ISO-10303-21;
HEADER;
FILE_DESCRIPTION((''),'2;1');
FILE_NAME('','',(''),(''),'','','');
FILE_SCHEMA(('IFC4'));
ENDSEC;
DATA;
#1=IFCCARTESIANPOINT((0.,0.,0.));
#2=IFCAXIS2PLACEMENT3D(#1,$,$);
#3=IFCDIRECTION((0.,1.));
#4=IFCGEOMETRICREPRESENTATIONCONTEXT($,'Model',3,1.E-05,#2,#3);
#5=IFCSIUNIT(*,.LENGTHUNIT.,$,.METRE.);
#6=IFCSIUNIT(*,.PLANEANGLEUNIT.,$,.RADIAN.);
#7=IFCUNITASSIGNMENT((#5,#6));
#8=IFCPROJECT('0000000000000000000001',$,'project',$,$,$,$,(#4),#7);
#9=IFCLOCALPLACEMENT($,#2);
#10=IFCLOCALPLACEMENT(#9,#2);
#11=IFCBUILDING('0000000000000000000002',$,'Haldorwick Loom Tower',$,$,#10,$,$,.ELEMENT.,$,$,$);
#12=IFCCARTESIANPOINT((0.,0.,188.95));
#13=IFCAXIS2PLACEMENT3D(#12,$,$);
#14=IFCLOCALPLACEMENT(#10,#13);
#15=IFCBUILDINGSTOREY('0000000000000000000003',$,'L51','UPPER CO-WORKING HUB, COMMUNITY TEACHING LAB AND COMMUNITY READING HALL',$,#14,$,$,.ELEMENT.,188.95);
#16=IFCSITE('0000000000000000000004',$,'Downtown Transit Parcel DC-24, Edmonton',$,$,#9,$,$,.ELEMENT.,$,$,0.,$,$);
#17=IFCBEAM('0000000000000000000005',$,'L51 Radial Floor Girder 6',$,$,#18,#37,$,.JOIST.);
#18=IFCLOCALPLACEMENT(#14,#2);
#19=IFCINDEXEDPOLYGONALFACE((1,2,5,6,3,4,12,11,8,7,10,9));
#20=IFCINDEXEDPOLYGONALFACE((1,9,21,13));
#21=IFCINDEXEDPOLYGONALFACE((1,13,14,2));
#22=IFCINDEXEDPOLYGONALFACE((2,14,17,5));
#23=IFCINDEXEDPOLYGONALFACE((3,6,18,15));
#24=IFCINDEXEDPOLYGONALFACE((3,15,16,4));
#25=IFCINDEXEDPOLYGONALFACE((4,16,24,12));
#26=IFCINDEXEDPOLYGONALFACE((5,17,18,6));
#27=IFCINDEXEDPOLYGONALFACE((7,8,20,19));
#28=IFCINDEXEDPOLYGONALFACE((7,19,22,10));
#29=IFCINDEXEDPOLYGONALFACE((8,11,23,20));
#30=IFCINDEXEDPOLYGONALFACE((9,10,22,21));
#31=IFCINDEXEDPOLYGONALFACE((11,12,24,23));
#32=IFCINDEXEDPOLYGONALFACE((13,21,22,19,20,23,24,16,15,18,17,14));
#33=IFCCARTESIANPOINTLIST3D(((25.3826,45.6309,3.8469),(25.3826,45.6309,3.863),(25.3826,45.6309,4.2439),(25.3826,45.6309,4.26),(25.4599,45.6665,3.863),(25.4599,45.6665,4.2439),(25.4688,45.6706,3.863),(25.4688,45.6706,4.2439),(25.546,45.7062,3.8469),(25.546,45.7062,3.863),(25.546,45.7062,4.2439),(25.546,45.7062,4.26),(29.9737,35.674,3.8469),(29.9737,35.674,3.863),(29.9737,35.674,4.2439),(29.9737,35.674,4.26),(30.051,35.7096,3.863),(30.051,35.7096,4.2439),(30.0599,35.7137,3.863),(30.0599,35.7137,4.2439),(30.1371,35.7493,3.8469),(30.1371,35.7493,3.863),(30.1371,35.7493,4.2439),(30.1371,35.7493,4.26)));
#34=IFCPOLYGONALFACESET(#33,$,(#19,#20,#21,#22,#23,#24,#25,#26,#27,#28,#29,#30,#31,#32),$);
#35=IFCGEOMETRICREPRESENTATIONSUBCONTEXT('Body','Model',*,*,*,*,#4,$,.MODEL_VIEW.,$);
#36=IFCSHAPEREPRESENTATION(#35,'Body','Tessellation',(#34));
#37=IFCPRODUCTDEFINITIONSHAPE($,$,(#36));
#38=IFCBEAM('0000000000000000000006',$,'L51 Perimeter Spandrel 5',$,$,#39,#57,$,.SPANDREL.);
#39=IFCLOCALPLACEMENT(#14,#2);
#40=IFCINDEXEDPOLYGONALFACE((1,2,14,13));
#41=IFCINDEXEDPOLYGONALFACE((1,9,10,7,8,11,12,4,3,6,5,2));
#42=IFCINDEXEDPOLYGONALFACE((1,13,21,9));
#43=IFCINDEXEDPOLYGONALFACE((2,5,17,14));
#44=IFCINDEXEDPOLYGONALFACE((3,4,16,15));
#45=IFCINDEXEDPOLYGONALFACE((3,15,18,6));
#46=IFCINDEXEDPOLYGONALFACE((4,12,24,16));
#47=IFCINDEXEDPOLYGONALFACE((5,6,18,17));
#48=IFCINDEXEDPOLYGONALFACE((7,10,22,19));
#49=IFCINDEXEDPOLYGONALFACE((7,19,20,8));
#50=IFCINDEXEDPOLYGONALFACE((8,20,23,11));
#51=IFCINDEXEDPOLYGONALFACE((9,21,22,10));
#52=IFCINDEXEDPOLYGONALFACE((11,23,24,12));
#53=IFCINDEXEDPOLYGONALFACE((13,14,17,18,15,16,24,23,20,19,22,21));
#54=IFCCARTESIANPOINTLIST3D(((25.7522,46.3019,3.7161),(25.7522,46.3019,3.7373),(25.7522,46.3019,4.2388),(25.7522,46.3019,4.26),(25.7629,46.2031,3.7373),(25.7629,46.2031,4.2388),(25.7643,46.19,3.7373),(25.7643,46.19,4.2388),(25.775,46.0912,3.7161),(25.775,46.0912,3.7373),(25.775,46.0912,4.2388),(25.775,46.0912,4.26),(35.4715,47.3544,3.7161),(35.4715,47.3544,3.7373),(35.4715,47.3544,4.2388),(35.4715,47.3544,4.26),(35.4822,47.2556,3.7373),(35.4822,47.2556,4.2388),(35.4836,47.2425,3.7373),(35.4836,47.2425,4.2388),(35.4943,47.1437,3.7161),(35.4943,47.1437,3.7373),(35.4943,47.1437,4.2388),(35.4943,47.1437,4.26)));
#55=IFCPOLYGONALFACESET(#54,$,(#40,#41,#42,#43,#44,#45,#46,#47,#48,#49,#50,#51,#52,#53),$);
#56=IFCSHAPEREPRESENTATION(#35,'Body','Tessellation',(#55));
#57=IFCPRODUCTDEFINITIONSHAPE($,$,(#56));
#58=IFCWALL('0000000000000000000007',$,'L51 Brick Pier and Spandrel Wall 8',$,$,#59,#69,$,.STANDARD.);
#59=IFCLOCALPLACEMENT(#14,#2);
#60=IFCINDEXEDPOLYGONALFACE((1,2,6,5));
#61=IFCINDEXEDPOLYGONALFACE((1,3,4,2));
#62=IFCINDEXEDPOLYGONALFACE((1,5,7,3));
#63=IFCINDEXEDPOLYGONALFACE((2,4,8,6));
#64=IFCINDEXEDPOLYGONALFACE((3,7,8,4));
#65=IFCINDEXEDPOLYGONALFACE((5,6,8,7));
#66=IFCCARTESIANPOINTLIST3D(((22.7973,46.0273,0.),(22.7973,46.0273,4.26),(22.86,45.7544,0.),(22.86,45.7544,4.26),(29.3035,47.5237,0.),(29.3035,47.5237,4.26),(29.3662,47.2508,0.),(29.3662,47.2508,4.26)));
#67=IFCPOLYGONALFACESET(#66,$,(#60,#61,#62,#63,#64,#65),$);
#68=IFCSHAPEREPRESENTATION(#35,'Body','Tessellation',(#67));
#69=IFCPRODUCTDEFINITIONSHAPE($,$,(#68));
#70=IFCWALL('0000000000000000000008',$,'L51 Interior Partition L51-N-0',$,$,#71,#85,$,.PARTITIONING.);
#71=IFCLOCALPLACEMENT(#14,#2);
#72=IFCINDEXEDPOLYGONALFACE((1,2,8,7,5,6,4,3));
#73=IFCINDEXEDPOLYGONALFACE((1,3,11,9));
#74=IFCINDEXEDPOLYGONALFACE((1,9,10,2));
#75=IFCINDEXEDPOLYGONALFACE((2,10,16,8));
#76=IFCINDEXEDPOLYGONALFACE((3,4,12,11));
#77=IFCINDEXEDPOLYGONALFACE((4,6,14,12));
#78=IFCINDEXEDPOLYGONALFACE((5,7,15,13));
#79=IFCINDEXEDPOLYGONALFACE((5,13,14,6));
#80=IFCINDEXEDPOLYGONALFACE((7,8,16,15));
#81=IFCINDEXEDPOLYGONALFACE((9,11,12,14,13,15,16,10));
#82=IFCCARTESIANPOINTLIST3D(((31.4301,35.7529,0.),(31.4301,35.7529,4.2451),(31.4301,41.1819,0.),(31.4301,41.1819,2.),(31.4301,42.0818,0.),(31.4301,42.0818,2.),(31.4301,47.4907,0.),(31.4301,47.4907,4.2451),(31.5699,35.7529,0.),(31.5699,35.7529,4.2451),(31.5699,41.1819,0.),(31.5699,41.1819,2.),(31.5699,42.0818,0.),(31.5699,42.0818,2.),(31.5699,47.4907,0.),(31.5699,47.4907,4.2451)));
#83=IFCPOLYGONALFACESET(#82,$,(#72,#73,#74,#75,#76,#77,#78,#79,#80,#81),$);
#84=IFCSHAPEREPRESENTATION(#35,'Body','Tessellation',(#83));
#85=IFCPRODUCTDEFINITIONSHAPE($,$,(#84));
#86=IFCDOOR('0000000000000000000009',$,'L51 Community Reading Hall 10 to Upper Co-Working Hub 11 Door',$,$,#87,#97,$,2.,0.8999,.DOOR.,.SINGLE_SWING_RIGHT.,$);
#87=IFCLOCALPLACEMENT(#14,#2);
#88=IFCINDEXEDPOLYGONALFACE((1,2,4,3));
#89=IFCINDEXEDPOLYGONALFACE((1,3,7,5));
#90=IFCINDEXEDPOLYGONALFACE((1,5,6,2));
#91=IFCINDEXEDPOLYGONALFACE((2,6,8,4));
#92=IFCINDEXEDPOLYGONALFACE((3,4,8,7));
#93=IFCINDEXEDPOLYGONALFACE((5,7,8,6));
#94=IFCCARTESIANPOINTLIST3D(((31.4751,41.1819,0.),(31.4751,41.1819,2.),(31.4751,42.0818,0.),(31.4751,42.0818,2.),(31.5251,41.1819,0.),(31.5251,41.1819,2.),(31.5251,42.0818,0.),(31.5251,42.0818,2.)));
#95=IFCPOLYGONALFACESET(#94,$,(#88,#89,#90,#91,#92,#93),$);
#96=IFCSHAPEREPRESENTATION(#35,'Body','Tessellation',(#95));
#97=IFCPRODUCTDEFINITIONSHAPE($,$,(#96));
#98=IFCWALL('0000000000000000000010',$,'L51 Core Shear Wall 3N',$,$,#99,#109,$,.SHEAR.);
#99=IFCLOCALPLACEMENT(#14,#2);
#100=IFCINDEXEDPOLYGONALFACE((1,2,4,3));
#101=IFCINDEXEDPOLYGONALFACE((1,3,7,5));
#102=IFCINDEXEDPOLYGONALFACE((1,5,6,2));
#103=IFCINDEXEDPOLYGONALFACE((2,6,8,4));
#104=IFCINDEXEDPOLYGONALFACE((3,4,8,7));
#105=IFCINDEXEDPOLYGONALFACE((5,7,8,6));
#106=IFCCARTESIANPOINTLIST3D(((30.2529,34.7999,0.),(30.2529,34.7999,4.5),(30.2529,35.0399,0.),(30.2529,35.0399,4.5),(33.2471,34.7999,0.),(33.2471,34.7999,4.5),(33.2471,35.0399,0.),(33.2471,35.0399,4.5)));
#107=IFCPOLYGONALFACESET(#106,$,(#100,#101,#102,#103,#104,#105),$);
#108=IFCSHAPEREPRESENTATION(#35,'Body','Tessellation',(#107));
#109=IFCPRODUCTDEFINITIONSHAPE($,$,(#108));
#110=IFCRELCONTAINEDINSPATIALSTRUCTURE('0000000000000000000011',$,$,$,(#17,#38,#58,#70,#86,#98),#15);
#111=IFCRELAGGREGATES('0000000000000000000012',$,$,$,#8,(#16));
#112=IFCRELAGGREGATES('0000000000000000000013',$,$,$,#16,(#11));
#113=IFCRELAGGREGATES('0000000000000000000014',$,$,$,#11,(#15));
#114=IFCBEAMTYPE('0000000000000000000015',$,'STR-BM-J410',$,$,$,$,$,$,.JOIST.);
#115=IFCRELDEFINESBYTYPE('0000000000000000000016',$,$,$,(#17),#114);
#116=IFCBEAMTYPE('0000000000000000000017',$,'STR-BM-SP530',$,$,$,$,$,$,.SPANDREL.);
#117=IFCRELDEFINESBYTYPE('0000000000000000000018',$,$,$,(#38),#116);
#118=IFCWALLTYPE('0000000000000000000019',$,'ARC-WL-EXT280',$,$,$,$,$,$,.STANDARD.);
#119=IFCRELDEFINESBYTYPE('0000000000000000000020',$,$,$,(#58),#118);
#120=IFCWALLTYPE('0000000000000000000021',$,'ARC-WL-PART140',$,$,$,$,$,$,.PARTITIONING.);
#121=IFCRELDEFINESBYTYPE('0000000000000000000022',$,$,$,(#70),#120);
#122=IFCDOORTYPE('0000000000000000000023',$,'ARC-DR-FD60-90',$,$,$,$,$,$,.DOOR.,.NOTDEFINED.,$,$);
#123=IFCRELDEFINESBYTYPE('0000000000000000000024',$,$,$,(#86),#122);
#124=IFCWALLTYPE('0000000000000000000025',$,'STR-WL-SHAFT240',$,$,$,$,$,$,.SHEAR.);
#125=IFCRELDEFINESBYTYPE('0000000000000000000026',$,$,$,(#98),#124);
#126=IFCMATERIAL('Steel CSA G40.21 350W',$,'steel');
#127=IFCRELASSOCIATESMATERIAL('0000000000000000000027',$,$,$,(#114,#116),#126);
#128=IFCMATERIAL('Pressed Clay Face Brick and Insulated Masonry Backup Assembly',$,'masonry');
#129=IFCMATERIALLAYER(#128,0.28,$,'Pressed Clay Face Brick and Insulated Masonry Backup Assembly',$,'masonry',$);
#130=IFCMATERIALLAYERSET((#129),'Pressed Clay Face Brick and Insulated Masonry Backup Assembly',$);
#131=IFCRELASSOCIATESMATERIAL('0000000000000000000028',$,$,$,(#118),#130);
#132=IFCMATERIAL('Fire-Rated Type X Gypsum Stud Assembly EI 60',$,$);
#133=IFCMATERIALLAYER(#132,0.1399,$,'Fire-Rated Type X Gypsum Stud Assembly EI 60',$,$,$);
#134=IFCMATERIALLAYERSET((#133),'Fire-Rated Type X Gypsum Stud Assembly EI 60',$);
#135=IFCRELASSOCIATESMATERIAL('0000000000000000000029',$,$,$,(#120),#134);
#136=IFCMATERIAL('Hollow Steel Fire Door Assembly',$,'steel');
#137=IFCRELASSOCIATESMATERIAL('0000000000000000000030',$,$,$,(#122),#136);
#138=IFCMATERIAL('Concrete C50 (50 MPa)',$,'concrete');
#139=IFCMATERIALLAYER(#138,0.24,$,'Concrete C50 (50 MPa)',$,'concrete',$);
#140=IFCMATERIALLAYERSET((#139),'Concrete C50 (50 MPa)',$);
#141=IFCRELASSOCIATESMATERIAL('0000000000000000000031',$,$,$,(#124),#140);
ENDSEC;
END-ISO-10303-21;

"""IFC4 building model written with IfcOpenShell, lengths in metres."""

from ifc_helpers import new_model, si_unit, direction, frame, frame_2d, origin, origin_2d, place, context, subcontext, project, spatial, rectangle, i_section, extrude, material, layer, layer_set, material_profile, profile_set, type_object, element, fill, save


model = new_model("IFC4")

# Units and contexts
model_context = context("Model", 3, precision=1e-05, world=origin(), true_north=direction((0.0, 1.0)))
body_context = subcontext(model_context, "Body", "Model", "MODEL_VIEW")
ifc_project = project(units=[si_unit("LENGTHUNIT", "METRE"), si_unit("PLANEANGLEUNIT", "RADIAN")], contexts=[model_context])

# Site, building, storey
site_placement = place(None, origin())
site = spatial("IfcSite", under=ifc_project, at=site_placement, Name="Downtown Transit Parcel DC-24, Edmonton", CompositionType="ELEMENT", RefElevation=0.0)
building_placement = place(site_placement, origin())
building = spatial("IfcBuilding", under=site, at=building_placement, Name="Haldorwick Loom Tower", CompositionType="ELEMENT")
storey_placement = place(building_placement, frame((0.0, 0.0, 188.95)))
storey = spatial("IfcBuildingStorey", under=building, at=storey_placement, Name="L51", Description="UPPER CO-WORKING HUB, COMMUNITY TEACHING LAB AND COMMUNITY READING HALL", CompositionType="ELEMENT", Elevation=188.95)

# Shared definitions
ifc_material_1 = material(Name="Steel CSA G40.21 350W", Category="steel")

# Beams
ifc_material_2 = material(Name="Concrete C50 (50 MPa)", Category="concrete")
ifc_material_profile_1 = material_profile(ifc_material_1, i_section(OverallWidth=0.1799, OverallDepth=0.4131, WebThickness=0.0098, FlangeThickness=0.0161, at=origin_2d()), Name="W410X74", Category="steel")
ifc_profile_set_1 = profile_set([ifc_material_profile_1], Name="Steel CSA G40.21 350W")
beam_type_1 = type_object("IfcBeamType", Name="STR-BM-J410", PredefinedType="JOIST", material=ifc_profile_set_1)
beam_1_placement = place(storey_placement, frame((30.0554, 35.7117, 4.0535), z_axis=(-0.418729, 0.908111, 0.0), x_axis=(-0.908111, -0.418729, 0.0)))
element("IfcBeam", 1, at=beam_1_placement, inside=storey, type_object=beam_type_1, Name="L51 Radial Floor Girder 6", PredefinedType="JOIST", context=body_context, shape_type="SweptSolid", body=[
    extrude(i_section(OverallWidth=0.1799, OverallDepth=0.4131, WebThickness=0.0098, FlangeThickness=0.0161, at=origin_2d()), origin(), (0.0, 0.0, 1.0), 10.9644),
])
ifc_material_profile_2 = material_profile(ifc_material_1, i_section(OverallWidth=0.2119, OverallDepth=0.5439, WebThickness=0.0132, FlangeThickness=0.0212, at=origin_2d()), Name="W530X123", Category="steel")
ifc_profile_set_2 = profile_set([ifc_material_profile_2], Name="Steel CSA G40.21 350W")
beam_type_2 = type_object("IfcBeamType", Name="STR-BM-SP530", PredefinedType="SPANDREL", material=ifc_profile_set_2)
beam_2_placement = place(storey_placement, frame((35.4829, 47.249, 3.988), z_axis=(-0.994188, -0.10766, 0.0), x_axis=(0.10766, -0.994188, 0.0)))
element("IfcBeam", 2, at=beam_2_placement, inside=storey, type_object=beam_type_2, Name="L51 Perimeter Spandrel 5", PredefinedType="SPANDREL", context=body_context, shape_type="SweptSolid", body=[
    extrude(i_section(OverallWidth=0.2119, OverallDepth=0.5439, WebThickness=0.0132, FlangeThickness=0.0212, at=origin_2d()), origin(), (0.0, 0.0, 1.0), 9.7761),
])

# Wall
ifc_material_3 = material(Name="Pressed Clay Face Brick and Insulated Masonry Backup Assembly", Category="masonry")
ifc_layer_1 = layer(ifc_material_3, 0.28, Name="Pressed Clay Face Brick and Insulated Masonry Backup Assembly", Category="masonry")
ifc_layer_set_1 = layer_set([ifc_layer_1], Name="Pressed Clay Face Brick and Insulated Masonry Backup Assembly")
wall_type_1 = type_object("IfcWallType", Name="ARC-WL-EXT280", PredefinedType="STANDARD", material=ifc_layer_set_1)
wall_1_placement = place(storey_placement, frame((29.3347, 47.3872, 0.0), z_axis=(0.0, 0.0, 1.0), x_axis=(-0.974557, -0.224138, 0.0)))
element("IfcWall", 3, at=wall_1_placement, inside=storey, type_object=wall_type_1, Name="L51 Brick Pier and Spandrel Wall 8", PredefinedType="STANDARD", context=body_context, shape_type="SweptSolid", body=[
    extrude(rectangle(XDim=6.676, YDim=0.28, at=frame_2d((3.3379, 0.0))), origin(), (0.0, 0.0, 1.0), 4.26),
])

# Wall, opening, door
ifc_material_4 = material(Name="Fire-Rated Type X Gypsum Stud Assembly EI 60")
ifc_layer_2 = layer(ifc_material_4, 0.1399, Name="Fire-Rated Type X Gypsum Stud Assembly EI 60")
ifc_layer_set_2 = layer_set([ifc_layer_2], Name="Fire-Rated Type X Gypsum Stud Assembly EI 60")
wall_type_2 = type_object("IfcWallType", Name="ARC-WL-PART140", PredefinedType="PARTITIONING", material=ifc_layer_set_2)
wall_2_placement = place(storey_placement, frame((31.5, 35.7529, 0.0), z_axis=(0.0, 0.0, 1.0), x_axis=(0.0, 1.0, 0.0)))
wall_2 = element("IfcWall", 4, at=wall_2_placement, inside=storey, type_object=wall_type_2, Name="L51 Interior Partition L51-N-0", PredefinedType="PARTITIONING", context=body_context, shape_type="SweptSolid", body=[
    extrude(rectangle(XDim=11.7378, YDim=0.1399, at=frame_2d((5.8689, 0.0))), origin(), (0.0, 0.0, 1.0), 4.2451),
])
opening_placement = place(wall_2_placement, frame((5.429, 0.0, 0.0)))
opening = element("IfcOpeningElement", 5, at=opening_placement, cuts=wall_2, PredefinedType="OPENING", context=body_context, shape_type="SweptSolid", body=[
    extrude(rectangle(XDim=0.8999, YDim=2.0, at=frame_2d((0.45, 1.0))), frame((0.0, 0.0798, 0.0), z_axis=(0.0, -1.0, 0.0), x_axis=(1.0, 0.0, 0.0)), (0.0, 0.0, 1.0), 0.1599),
])
ifc_material_5 = material(Name="Hollow Steel Fire Door Assembly", Category="steel")
door_type = type_object("IfcDoorType", Name="ARC-DR-FD60-90", OperationType="NOTDEFINED", PredefinedType="DOOR", material=ifc_material_5)
door_placement = place(opening_placement, origin())
door = element("IfcDoor", 6, at=door_placement, inside=storey, type_object=door_type, Name="L51 Community Reading Hall 10 to Upper Co-Working Hub 11 Door", OperationType="SINGLE_SWING_RIGHT", OverallHeight=2.0, OverallWidth=0.8999, PredefinedType="DOOR", context=body_context, shape_type="SweptSolid", body=[
    extrude(rectangle(XDim=0.8999, YDim=2.0, at=frame_2d((0.45, 1.0))), frame((0.0, 0.0249, 0.0), z_axis=(0.0, -1.0, 0.0), x_axis=(1.0, 0.0, 0.0)), (0.0, 0.0, 1.0), 0.05),
])
fill(opening, door)

# Wall
ifc_layer_3 = layer(ifc_material_2, 0.24, Name="Concrete C50 (50 MPa)", Category="concrete")
ifc_layer_set_3 = layer_set([ifc_layer_3], Name="Concrete C50 (50 MPa)")
wall_type_3 = type_object("IfcWallType", Name="STR-WL-SHAFT240", PredefinedType="SHEAR", material=ifc_layer_set_3)
wall_3_placement = place(storey_placement, frame((30.2529, 34.9199, 0.0), z_axis=(0.0, 0.0, 1.0), x_axis=(1.0, 0.0, 0.0)))
element("IfcWall", 7, at=wall_3_placement, inside=storey, type_object=wall_type_3, Name="L51 Core Shear Wall 3N", PredefinedType="SHEAR", context=body_context, shape_type="SweptSolid", body=[
    extrude(rectangle(XDim=2.9941, YDim=0.24, at=frame_2d((1.4971, 0.0))), origin(), (0.0, 0.0, 1.0), 4.5),
])

save(model, "model.ifc")
